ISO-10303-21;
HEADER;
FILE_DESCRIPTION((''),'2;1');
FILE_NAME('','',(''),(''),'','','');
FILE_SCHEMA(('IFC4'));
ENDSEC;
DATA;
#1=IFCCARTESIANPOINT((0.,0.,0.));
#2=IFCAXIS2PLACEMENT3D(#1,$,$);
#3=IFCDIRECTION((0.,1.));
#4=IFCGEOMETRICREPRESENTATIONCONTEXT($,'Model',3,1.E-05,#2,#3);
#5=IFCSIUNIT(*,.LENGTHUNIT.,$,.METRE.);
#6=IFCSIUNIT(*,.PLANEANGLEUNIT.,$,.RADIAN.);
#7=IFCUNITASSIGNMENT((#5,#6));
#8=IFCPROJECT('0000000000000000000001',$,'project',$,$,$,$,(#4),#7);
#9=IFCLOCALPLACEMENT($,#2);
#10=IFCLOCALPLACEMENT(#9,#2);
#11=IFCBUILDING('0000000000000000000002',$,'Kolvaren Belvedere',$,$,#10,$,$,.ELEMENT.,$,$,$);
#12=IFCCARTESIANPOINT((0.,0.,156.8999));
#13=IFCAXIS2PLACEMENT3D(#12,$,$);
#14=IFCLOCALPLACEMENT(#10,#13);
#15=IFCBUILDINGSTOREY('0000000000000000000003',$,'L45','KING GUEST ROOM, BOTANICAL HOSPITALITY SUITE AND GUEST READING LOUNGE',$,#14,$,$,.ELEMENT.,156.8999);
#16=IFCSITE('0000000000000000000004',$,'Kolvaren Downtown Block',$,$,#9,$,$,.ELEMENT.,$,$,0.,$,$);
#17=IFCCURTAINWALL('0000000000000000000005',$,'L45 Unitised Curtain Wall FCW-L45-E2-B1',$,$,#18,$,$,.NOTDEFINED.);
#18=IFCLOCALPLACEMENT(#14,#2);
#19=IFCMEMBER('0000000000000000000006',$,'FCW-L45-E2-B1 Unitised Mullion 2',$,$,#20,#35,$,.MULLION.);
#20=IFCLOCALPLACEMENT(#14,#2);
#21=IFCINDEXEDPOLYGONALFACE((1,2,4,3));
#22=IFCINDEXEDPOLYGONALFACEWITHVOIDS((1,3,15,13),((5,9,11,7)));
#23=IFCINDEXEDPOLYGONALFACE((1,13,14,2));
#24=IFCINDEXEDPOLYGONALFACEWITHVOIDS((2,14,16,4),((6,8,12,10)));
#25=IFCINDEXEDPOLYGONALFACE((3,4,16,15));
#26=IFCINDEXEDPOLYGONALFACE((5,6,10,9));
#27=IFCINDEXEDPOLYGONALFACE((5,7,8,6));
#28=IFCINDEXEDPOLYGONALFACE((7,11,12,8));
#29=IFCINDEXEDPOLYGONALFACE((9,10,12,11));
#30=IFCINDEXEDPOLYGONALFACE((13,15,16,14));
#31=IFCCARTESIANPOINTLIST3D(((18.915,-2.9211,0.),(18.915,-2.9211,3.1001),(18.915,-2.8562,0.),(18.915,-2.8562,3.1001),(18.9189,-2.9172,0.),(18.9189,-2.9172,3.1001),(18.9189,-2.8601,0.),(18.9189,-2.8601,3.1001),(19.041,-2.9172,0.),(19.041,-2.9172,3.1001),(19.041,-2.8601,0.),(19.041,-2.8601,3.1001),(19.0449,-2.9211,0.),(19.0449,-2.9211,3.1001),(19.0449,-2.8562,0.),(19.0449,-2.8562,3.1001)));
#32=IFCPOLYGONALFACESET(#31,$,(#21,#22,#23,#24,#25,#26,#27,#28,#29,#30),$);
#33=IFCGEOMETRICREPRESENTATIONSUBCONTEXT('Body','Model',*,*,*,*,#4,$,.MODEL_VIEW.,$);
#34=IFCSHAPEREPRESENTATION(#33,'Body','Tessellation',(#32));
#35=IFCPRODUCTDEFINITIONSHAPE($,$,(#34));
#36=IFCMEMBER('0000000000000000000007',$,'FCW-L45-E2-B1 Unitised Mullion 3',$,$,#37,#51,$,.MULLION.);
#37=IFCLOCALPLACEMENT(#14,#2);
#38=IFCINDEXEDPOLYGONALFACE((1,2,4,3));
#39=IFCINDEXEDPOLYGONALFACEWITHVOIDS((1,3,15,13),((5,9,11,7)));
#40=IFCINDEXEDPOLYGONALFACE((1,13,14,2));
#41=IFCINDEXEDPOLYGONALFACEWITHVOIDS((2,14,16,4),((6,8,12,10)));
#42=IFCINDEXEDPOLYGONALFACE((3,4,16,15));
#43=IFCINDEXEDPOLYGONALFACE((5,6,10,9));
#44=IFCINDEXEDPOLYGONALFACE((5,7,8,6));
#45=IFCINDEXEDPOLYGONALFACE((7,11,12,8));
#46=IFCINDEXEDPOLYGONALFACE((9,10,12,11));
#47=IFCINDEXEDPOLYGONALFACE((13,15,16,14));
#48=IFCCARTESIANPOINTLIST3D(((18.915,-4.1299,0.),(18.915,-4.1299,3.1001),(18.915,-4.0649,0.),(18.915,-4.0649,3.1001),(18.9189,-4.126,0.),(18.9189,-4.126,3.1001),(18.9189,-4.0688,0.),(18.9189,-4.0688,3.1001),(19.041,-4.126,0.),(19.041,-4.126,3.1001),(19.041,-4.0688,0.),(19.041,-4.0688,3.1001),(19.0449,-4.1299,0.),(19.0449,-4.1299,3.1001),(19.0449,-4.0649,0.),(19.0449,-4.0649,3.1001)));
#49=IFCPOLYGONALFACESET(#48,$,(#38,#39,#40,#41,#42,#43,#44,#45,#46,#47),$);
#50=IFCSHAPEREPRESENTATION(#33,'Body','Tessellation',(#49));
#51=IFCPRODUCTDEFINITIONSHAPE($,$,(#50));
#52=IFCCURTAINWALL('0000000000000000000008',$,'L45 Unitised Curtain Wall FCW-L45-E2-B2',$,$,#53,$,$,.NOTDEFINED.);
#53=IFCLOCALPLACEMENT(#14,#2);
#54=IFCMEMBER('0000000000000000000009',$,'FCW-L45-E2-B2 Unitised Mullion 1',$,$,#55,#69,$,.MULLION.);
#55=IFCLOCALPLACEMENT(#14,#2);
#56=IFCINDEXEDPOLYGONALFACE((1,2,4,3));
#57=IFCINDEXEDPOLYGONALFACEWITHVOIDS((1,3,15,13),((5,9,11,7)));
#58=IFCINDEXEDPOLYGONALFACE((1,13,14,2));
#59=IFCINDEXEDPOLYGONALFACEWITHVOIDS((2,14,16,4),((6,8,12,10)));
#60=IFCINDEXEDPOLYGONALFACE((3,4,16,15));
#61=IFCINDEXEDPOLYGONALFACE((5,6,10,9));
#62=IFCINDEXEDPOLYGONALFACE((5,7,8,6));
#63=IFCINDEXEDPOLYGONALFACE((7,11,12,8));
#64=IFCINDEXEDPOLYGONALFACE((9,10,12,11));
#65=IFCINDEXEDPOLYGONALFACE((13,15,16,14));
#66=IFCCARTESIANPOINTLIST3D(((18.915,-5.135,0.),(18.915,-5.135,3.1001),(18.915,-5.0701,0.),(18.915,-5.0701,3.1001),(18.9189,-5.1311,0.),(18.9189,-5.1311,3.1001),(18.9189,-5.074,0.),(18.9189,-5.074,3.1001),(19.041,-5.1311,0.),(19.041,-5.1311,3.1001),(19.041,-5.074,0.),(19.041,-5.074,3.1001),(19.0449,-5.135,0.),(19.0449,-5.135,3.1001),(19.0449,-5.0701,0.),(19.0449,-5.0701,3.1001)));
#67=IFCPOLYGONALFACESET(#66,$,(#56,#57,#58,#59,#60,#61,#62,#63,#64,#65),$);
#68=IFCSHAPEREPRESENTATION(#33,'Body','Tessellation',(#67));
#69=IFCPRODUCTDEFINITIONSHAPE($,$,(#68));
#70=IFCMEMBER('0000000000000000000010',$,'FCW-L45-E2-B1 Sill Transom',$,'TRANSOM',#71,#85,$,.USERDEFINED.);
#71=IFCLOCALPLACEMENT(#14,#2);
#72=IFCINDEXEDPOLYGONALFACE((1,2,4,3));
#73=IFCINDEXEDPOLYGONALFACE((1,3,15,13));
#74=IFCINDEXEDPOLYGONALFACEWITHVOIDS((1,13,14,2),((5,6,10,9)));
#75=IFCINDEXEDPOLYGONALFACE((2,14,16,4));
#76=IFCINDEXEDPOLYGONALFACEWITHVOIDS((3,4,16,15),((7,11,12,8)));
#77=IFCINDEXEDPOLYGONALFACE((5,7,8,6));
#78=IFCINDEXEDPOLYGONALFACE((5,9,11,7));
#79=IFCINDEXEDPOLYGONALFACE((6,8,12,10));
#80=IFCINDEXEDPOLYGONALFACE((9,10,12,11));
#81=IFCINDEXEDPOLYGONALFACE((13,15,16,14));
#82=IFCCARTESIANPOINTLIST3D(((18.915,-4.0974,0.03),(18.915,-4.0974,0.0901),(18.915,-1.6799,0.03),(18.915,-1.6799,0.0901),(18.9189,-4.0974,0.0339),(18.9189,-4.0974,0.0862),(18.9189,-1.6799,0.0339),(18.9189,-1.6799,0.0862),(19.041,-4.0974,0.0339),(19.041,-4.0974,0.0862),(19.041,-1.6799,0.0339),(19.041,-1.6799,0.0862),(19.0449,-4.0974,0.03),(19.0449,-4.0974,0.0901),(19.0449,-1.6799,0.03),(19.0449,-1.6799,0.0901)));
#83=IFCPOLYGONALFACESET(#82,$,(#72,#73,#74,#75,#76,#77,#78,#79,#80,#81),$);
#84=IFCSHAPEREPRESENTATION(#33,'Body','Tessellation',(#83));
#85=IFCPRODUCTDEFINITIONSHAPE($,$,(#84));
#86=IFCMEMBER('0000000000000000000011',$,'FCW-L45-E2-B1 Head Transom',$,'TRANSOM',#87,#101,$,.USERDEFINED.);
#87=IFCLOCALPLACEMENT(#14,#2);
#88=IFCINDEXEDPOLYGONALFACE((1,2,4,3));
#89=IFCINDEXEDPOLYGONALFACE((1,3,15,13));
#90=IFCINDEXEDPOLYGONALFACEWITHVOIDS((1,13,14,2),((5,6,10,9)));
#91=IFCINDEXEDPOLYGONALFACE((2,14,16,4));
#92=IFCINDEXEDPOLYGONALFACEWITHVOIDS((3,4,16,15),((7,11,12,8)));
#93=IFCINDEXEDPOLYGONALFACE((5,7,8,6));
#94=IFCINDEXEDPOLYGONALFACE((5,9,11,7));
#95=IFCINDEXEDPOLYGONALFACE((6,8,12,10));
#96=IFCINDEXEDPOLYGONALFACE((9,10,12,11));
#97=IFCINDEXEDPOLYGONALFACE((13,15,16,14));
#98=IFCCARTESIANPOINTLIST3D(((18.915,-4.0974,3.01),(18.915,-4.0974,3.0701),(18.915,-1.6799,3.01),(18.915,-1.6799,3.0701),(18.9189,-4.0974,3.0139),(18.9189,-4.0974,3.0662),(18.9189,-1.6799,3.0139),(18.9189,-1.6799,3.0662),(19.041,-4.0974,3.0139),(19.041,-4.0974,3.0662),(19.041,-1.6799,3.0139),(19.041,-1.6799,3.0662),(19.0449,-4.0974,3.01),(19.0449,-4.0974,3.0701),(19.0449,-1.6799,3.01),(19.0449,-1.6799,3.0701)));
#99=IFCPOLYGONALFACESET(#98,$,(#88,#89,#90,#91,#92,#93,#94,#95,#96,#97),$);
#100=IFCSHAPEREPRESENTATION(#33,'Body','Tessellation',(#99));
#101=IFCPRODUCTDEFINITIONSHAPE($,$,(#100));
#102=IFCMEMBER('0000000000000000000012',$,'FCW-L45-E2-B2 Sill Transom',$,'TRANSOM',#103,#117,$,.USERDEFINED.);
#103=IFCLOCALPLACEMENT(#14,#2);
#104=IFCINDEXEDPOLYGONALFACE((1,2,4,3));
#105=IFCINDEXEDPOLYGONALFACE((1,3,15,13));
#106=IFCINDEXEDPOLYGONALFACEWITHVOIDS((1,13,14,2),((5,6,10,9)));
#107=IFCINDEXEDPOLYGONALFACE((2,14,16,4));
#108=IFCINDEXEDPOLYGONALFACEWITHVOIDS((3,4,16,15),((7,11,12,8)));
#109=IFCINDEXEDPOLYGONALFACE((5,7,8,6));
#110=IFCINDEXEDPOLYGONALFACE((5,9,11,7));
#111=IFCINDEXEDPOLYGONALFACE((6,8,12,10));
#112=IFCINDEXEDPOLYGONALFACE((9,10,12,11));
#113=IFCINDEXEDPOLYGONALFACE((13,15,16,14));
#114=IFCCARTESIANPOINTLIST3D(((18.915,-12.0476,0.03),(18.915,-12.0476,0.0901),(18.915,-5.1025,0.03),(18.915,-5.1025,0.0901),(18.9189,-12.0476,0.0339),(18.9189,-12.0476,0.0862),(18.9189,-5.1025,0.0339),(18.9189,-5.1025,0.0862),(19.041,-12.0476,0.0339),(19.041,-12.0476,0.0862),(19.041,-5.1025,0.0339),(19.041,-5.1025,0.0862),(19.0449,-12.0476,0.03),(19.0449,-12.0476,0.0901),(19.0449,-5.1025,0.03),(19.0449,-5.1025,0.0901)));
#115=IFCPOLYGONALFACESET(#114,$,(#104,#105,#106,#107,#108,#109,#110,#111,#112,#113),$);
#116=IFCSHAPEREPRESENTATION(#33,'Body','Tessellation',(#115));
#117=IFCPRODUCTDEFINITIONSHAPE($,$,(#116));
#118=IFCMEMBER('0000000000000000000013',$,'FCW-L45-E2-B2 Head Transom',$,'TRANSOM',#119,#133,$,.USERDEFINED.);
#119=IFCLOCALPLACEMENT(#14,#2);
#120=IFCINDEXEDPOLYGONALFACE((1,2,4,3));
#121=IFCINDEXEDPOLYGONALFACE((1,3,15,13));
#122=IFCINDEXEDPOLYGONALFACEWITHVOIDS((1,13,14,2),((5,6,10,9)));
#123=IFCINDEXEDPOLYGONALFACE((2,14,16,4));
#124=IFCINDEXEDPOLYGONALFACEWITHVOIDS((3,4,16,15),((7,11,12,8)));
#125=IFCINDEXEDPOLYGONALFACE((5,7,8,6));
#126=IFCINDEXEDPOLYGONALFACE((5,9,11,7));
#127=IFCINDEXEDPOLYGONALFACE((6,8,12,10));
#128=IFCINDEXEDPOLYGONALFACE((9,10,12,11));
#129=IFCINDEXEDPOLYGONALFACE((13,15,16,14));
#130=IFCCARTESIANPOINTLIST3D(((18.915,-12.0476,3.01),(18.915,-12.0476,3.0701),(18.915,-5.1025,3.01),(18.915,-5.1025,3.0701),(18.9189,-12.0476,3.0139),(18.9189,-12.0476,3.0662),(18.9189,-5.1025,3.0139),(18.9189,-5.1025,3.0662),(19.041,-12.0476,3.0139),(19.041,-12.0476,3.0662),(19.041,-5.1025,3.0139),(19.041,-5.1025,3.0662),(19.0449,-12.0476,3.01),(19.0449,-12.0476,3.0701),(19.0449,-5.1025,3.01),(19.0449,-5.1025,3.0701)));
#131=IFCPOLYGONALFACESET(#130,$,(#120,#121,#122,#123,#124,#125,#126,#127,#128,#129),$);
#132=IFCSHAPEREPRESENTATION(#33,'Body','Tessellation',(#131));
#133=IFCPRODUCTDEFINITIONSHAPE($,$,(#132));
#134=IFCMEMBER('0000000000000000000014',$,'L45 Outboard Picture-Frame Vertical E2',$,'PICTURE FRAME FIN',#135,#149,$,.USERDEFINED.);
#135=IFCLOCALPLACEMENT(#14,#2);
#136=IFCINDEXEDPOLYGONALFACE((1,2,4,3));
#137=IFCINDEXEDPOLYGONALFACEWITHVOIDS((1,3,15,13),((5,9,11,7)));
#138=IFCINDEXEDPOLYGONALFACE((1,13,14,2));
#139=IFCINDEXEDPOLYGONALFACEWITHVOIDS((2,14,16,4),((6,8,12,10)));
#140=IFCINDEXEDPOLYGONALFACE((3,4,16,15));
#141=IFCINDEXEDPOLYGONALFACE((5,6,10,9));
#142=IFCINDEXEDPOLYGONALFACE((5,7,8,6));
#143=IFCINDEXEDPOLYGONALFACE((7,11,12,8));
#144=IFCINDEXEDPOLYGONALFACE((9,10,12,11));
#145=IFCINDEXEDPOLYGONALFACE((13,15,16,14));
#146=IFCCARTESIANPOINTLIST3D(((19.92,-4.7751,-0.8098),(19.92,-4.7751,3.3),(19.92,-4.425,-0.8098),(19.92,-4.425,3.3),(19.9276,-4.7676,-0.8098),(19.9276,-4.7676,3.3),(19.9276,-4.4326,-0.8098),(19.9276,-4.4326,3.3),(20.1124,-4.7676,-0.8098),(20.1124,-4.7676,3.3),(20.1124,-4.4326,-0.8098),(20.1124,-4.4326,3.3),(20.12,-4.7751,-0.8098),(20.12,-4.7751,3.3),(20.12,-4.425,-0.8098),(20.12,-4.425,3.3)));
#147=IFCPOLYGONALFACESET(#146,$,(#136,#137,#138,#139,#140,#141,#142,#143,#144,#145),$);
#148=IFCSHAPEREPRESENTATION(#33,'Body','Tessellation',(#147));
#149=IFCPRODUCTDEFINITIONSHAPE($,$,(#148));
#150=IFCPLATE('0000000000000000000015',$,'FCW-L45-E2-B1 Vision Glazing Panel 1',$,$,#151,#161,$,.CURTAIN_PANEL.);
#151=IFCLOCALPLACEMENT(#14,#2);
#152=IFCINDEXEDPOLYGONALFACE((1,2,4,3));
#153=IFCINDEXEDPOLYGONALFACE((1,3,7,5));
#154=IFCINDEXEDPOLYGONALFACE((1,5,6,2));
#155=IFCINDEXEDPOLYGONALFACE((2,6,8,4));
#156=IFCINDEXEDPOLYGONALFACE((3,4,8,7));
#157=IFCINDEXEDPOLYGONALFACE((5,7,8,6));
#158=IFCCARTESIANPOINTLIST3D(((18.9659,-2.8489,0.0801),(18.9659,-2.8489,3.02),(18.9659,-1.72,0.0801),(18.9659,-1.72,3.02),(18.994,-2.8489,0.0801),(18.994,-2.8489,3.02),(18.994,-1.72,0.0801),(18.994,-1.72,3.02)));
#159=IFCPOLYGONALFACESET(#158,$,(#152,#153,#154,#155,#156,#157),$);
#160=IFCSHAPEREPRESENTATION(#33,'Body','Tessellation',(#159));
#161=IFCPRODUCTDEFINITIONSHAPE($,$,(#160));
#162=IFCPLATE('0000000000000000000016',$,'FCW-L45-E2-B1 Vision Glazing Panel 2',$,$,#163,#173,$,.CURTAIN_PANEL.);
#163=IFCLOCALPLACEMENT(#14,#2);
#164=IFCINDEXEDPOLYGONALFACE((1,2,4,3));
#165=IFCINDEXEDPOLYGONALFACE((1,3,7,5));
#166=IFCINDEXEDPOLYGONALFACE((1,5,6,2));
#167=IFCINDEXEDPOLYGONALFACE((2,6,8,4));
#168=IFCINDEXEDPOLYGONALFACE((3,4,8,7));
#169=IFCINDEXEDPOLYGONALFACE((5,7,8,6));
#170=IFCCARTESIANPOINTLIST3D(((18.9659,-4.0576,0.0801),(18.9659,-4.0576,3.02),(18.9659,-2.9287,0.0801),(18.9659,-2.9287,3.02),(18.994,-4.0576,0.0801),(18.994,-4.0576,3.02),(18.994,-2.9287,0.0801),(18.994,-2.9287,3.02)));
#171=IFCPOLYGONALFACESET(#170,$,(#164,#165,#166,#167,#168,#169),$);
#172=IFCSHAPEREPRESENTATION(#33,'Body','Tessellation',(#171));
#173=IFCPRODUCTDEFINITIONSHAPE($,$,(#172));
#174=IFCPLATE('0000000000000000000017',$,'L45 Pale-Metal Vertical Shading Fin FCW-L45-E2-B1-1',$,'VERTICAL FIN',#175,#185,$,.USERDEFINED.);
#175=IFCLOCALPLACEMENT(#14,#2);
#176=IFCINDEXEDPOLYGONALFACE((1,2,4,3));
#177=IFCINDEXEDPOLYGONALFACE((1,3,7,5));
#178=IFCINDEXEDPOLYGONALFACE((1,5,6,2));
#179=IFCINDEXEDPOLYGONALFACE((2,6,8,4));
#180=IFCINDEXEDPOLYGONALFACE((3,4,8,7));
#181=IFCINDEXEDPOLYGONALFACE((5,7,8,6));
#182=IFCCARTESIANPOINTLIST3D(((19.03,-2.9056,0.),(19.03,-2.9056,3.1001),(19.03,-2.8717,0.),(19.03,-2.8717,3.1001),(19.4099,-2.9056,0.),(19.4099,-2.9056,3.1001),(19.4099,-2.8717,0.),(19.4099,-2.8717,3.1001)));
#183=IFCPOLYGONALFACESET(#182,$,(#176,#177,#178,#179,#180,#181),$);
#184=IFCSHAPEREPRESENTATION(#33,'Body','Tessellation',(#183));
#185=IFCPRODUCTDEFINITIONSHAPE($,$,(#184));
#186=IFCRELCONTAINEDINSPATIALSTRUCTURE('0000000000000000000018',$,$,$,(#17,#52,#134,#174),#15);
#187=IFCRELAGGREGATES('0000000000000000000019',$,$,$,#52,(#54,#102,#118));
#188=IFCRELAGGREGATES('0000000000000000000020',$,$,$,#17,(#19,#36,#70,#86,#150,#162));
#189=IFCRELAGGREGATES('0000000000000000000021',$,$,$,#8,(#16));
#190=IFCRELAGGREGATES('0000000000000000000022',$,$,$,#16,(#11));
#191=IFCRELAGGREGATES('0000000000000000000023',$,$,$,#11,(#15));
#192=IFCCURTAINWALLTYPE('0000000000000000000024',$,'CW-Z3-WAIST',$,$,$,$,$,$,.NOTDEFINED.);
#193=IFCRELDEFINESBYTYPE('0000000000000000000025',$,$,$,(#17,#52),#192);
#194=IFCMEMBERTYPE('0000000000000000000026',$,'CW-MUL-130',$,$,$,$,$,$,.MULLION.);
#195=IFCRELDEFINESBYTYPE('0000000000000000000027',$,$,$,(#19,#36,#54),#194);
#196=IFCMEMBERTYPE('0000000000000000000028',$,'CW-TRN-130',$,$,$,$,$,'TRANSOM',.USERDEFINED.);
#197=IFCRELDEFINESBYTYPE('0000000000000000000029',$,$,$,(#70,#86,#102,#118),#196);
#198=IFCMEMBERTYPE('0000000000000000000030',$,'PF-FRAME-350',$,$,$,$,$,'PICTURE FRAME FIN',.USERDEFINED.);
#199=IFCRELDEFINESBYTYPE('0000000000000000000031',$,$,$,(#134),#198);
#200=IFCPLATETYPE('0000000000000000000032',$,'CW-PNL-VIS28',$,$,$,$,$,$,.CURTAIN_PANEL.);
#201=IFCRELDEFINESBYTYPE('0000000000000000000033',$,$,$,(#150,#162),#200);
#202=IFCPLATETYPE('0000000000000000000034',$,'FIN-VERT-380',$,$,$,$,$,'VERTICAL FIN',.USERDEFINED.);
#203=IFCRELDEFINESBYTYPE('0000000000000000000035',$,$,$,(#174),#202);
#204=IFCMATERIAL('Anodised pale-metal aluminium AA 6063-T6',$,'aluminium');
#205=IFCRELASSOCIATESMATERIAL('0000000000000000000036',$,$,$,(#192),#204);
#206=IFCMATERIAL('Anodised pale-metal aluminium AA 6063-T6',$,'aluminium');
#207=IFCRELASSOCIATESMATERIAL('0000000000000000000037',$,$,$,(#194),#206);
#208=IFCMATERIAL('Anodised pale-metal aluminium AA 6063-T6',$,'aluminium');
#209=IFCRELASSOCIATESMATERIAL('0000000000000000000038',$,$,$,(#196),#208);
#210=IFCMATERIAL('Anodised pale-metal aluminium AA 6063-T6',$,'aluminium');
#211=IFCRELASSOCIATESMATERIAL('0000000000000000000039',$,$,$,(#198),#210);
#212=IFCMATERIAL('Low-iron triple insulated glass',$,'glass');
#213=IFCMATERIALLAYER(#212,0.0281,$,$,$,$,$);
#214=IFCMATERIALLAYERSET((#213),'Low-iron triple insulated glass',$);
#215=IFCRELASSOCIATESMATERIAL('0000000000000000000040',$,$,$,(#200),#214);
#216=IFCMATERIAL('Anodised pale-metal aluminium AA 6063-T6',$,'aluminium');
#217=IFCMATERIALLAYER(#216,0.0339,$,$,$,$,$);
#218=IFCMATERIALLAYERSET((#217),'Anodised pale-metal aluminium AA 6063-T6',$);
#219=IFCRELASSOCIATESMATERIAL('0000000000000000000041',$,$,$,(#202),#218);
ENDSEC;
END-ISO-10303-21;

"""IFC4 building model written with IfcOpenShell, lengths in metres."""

from ifc_helpers import new_model, si_unit, direction, frame, origin, origin_2d, place, context, subcontext, project, spatial, rectangle, hollow_rectangle, extrude, material, layer, layer_set, material_profile, profile_set, type_object, element, aggregate, save


model = new_model("IFC4")

# Units and contexts
model_context = context("Model", 3, precision=1e-05, world=origin(), true_north=direction((0.0, 1.0)))
body_context = subcontext(model_context, "Body", "Model", "MODEL_VIEW")
ifc_project = project(units=[si_unit("LENGTHUNIT", "METRE"), si_unit("PLANEANGLEUNIT", "RADIAN")], contexts=[model_context])

# Site, building, storey
site_placement = place(None, origin())
site = spatial("IfcSite", under=ifc_project, at=site_placement, Name="Kolvaren Downtown Block", CompositionType="ELEMENT", RefElevation=0.0)
building_placement = place(site_placement, origin())
building = spatial("IfcBuilding", under=site, at=building_placement, Name="Kolvaren Belvedere", CompositionType="ELEMENT")
storey_placement = place(building_placement, frame((0.0, 0.0, 156.8999)))
storey = spatial("IfcBuildingStorey", under=building, at=storey_placement, Name="L45", Description="KING GUEST ROOM, BOTANICAL HOSPITALITY SUITE AND GUEST READING LOUNGE", CompositionType="ELEMENT", Elevation=156.8999)

# Curtain wall, members
ifc_material_1 = material(Name="Anodised pale-metal aluminium AA 6063-T6", Category="aluminium")
curtain_wall_type = type_object("IfcCurtainWallType", Name="CW-Z3-WAIST", PredefinedType="NOTDEFINED", material=ifc_material_1)
curtain_wall_1_placement = place(storey_placement, origin())
curtain_wall_1 = element("IfcCurtainWall", 1, at=curtain_wall_1_placement, inside=storey, type_object=curtain_wall_type, Name="L45 Unitised Curtain Wall FCW-L45-E2-B1", PredefinedType="NOTDEFINED")
ifc_material_2 = material(Name="Anodised pale-metal aluminium AA 6063-T6", Category="aluminium")
ifc_material_profile_1 = material_profile(ifc_material_2, hollow_rectangle(XDim=0.0649, YDim=0.1299, WallThickness=0.0039, at=origin_2d()), Name="ALU-MUL-130X65")
ifc_profile_set_1 = profile_set([ifc_material_profile_1], Name="Anodised pale-metal aluminium AA 6063-T6")
member_type_1 = type_object("IfcMemberType", Name="CW-MUL-130", PredefinedType="MULLION", material=ifc_profile_set_1)
member_1_placement = place(storey_placement, frame((18.98, -2.8887, 0.0), z_axis=(0.0, 0.0, 1.0), x_axis=(0.0, 1.0, 0.0)))
member_1 = element("IfcMember", 2, at=member_1_placement, type_object=member_type_1, Name="FCW-L45-E2-B1 Unitised Mullion 2", PredefinedType="MULLION", context=body_context, shape_type="SweptSolid", body=[
    extrude(hollow_rectangle(XDim=0.0649, YDim=0.1299, WallThickness=0.0039, at=origin_2d()), origin(), (0.0, 0.0, 1.0), 3.1001),
])
member_2_placement = place(storey_placement, frame((18.98, -4.0974, 0.0), z_axis=(0.0, 0.0, 1.0), x_axis=(0.0, 1.0, 0.0)))
member_2 = element("IfcMember", 3, at=member_2_placement, type_object=member_type_1, Name="FCW-L45-E2-B1 Unitised Mullion 3", PredefinedType="MULLION", context=body_context, shape_type="SweptSolid", body=[
    extrude(hollow_rectangle(XDim=0.0649, YDim=0.1299, WallThickness=0.0039, at=origin_2d()), origin(), (0.0, 0.0, 1.0), 3.1001),
])

# Curtain wall, member
curtain_wall_2_placement = place(storey_placement, origin())
curtain_wall_2 = element("IfcCurtainWall", 4, at=curtain_wall_2_placement, inside=storey, type_object=curtain_wall_type, Name="L45 Unitised Curtain Wall FCW-L45-E2-B2", PredefinedType="NOTDEFINED")
member_3_placement = place(storey_placement, frame((18.98, -5.1025, 0.0), z_axis=(0.0, 0.0, 1.0), x_axis=(0.0, 1.0, 0.0)))
member_3 = element("IfcMember", 5, at=member_3_placement, type_object=member_type_1, Name="FCW-L45-E2-B2 Unitised Mullion 1", PredefinedType="MULLION", context=body_context, shape_type="SweptSolid", body=[
    extrude(hollow_rectangle(XDim=0.0649, YDim=0.1299, WallThickness=0.0039, at=origin_2d()), origin(), (0.0, 0.0, 1.0), 3.1001),
])

# Members
ifc_material_3 = material(Name="Anodised pale-metal aluminium AA 6063-T6", Category="aluminium")
ifc_material_profile_2 = material_profile(ifc_material_3, hollow_rectangle(XDim=0.0601, YDim=0.1299, WallThickness=0.0039, at=origin_2d()), Name="ALU-TRN-130X60")
ifc_profile_set_2 = profile_set([ifc_material_profile_2], Name="Anodised pale-metal aluminium AA 6063-T6")
member_type_2 = type_object("IfcMemberType", Name="CW-TRN-130", ElementType="TRANSOM", PredefinedType="USERDEFINED", material=ifc_profile_set_2)
member_4_placement = place(storey_placement, frame((18.98, -1.6799, 0.0601), z_axis=(0.0, -1.0, 0.0), x_axis=(0.0, 0.0, 1.0)))
member_4 = element("IfcMember", 6, at=member_4_placement, type_object=member_type_2, Name="FCW-L45-E2-B1 Sill Transom", ObjectType="TRANSOM", PredefinedType="USERDEFINED", context=body_context, shape_type="SweptSolid", body=[
    extrude(hollow_rectangle(XDim=0.0601, YDim=0.1299, WallThickness=0.0039, at=origin_2d()), origin(), (0.0, 0.0, 1.0), 2.4175),
])
member_5_placement = place(storey_placement, frame((18.98, -1.6799, 3.04), z_axis=(0.0, -1.0, 0.0), x_axis=(0.0, 0.0, 1.0)))
member_5 = element("IfcMember", 7, at=member_5_placement, type_object=member_type_2, Name="FCW-L45-E2-B1 Head Transom", ObjectType="TRANSOM", PredefinedType="USERDEFINED", context=body_context, shape_type="SweptSolid", body=[
    extrude(hollow_rectangle(XDim=0.0601, YDim=0.1299, WallThickness=0.0039, at=origin_2d()), origin(), (0.0, 0.0, 1.0), 2.4175),
])
member_6_placement = place(storey_placement, frame((18.98, -5.1025, 0.0601), z_axis=(0.0, -1.0, 0.0), x_axis=(0.0, 0.0, 1.0)))
member_6 = element("IfcMember", 8, at=member_6_placement, type_object=member_type_2, Name="FCW-L45-E2-B2 Sill Transom", ObjectType="TRANSOM", PredefinedType="USERDEFINED", context=body_context, shape_type="SweptSolid", body=[
    extrude(hollow_rectangle(XDim=0.0601, YDim=0.1299, WallThickness=0.0039, at=origin_2d()), origin(), (0.0, 0.0, 1.0), 6.9451),
])
member_7_placement = place(storey_placement, frame((18.98, -5.1025, 3.04), z_axis=(0.0, -1.0, 0.0), x_axis=(0.0, 0.0, 1.0)))
member_7 = element("IfcMember", 9, at=member_7_placement, type_object=member_type_2, Name="FCW-L45-E2-B2 Head Transom", ObjectType="TRANSOM", PredefinedType="USERDEFINED", context=body_context, shape_type="SweptSolid", body=[
    extrude(hollow_rectangle(XDim=0.0601, YDim=0.1299, WallThickness=0.0039, at=origin_2d()), origin(), (0.0, 0.0, 1.0), 6.9451),
])
aggregate(curtain_wall_2, [member_3, member_6, member_7])
ifc_material_4 = material(Name="Anodised pale-metal aluminium AA 6063-T6", Category="aluminium")
ifc_material_profile_3 = material_profile(ifc_material_4, hollow_rectangle(XDim=0.2, YDim=0.3501, WallThickness=0.0076, at=origin_2d()), Name="ALU-PF-350X200")
ifc_profile_set_3 = profile_set([ifc_material_profile_3], Name="Anodised pale-metal aluminium AA 6063-T6")
member_type_3 = type_object("IfcMemberType", Name="PF-FRAME-350", ElementType="PICTURE FRAME FIN", PredefinedType="USERDEFINED", material=ifc_profile_set_3)
member_8_placement = place(storey_placement, frame((20.02, -4.6001, -0.8098), z_axis=(0.0, 0.0, 1.0), x_axis=(1.0, 0.0, 0.0)))
element("IfcMember", 10, at=member_8_placement, inside=storey, type_object=member_type_3, Name="L45 Outboard Picture-Frame Vertical E2", ObjectType="PICTURE FRAME FIN", PredefinedType="USERDEFINED", context=body_context, shape_type="SweptSolid", body=[
    extrude(hollow_rectangle(XDim=0.2, YDim=0.3501, WallThickness=0.0076, at=origin_2d()), origin(), (0.0, 0.0, 1.0), 4.1099),
])

# Plates
ifc_material_5 = material(Name="Low-iron triple insulated glass", Category="glass")
ifc_layer_1 = layer(ifc_material_5, 0.0281)
ifc_layer_set_1 = layer_set([ifc_layer_1], Name="Low-iron triple insulated glass")
plate_type_1 = type_object("IfcPlateType", Name="CW-PNL-VIS28", PredefinedType="CURTAIN_PANEL", material=ifc_layer_set_1)
plate_1_placement = place(storey_placement, frame((18.98, -2.2844, 0.0801), z_axis=(0.0, 0.0, 1.0), x_axis=(0.0, -1.0, 0.0)))
plate_1 = element("IfcPlate", 11, at=plate_1_placement, type_object=plate_type_1, Name="FCW-L45-E2-B1 Vision Glazing Panel 1", PredefinedType="CURTAIN_PANEL", context=body_context, shape_type="SweptSolid", body=[
    extrude(rectangle(XDim=1.1289, YDim=0.0281, at=origin_2d()), origin(), (0.0, 0.0, 1.0), 2.9399),
])
plate_2_placement = place(storey_placement, frame((18.98, -3.4932, 0.0801), z_axis=(0.0, 0.0, 1.0), x_axis=(0.0, -1.0, 0.0)))
plate_2 = element("IfcPlate", 12, at=plate_2_placement, type_object=plate_type_1, Name="FCW-L45-E2-B1 Vision Glazing Panel 2", PredefinedType="CURTAIN_PANEL", context=body_context, shape_type="SweptSolid", body=[
    extrude(rectangle(XDim=1.1289, YDim=0.0281, at=origin_2d()), origin(), (0.0, 0.0, 1.0), 2.9399),
])
aggregate(curtain_wall_1, [member_1, member_2, member_4, member_5, plate_1, plate_2])
ifc_material_6 = material(Name="Anodised pale-metal aluminium AA 6063-T6", Category="aluminium")
ifc_layer_2 = layer(ifc_material_6, 0.0339)
ifc_layer_set_2 = layer_set([ifc_layer_2], Name="Anodised pale-metal aluminium AA 6063-T6")
plate_type_2 = type_object("IfcPlateType", Name="FIN-VERT-380", ElementType="VERTICAL FIN", PredefinedType="USERDEFINED", material=ifc_layer_set_2)
plate_3_placement = place(storey_placement, frame((19.22, -2.8887, 0.0), z_axis=(0.0, 0.0, 1.0), x_axis=(1.0, 0.0, 0.0)))
element("IfcPlate", 13, at=plate_3_placement, inside=storey, type_object=plate_type_2, Name="L45 Pale-Metal Vertical Shading Fin FCW-L45-E2-B1-1", ObjectType="VERTICAL FIN", PredefinedType="USERDEFINED", context=body_context, shape_type="SweptSolid", body=[
    extrude(rectangle(XDim=0.3799, YDim=0.0339, at=origin_2d()), origin(), (0.0, 0.0, 1.0), 3.1001),
])

save(model, "model.ifc")
